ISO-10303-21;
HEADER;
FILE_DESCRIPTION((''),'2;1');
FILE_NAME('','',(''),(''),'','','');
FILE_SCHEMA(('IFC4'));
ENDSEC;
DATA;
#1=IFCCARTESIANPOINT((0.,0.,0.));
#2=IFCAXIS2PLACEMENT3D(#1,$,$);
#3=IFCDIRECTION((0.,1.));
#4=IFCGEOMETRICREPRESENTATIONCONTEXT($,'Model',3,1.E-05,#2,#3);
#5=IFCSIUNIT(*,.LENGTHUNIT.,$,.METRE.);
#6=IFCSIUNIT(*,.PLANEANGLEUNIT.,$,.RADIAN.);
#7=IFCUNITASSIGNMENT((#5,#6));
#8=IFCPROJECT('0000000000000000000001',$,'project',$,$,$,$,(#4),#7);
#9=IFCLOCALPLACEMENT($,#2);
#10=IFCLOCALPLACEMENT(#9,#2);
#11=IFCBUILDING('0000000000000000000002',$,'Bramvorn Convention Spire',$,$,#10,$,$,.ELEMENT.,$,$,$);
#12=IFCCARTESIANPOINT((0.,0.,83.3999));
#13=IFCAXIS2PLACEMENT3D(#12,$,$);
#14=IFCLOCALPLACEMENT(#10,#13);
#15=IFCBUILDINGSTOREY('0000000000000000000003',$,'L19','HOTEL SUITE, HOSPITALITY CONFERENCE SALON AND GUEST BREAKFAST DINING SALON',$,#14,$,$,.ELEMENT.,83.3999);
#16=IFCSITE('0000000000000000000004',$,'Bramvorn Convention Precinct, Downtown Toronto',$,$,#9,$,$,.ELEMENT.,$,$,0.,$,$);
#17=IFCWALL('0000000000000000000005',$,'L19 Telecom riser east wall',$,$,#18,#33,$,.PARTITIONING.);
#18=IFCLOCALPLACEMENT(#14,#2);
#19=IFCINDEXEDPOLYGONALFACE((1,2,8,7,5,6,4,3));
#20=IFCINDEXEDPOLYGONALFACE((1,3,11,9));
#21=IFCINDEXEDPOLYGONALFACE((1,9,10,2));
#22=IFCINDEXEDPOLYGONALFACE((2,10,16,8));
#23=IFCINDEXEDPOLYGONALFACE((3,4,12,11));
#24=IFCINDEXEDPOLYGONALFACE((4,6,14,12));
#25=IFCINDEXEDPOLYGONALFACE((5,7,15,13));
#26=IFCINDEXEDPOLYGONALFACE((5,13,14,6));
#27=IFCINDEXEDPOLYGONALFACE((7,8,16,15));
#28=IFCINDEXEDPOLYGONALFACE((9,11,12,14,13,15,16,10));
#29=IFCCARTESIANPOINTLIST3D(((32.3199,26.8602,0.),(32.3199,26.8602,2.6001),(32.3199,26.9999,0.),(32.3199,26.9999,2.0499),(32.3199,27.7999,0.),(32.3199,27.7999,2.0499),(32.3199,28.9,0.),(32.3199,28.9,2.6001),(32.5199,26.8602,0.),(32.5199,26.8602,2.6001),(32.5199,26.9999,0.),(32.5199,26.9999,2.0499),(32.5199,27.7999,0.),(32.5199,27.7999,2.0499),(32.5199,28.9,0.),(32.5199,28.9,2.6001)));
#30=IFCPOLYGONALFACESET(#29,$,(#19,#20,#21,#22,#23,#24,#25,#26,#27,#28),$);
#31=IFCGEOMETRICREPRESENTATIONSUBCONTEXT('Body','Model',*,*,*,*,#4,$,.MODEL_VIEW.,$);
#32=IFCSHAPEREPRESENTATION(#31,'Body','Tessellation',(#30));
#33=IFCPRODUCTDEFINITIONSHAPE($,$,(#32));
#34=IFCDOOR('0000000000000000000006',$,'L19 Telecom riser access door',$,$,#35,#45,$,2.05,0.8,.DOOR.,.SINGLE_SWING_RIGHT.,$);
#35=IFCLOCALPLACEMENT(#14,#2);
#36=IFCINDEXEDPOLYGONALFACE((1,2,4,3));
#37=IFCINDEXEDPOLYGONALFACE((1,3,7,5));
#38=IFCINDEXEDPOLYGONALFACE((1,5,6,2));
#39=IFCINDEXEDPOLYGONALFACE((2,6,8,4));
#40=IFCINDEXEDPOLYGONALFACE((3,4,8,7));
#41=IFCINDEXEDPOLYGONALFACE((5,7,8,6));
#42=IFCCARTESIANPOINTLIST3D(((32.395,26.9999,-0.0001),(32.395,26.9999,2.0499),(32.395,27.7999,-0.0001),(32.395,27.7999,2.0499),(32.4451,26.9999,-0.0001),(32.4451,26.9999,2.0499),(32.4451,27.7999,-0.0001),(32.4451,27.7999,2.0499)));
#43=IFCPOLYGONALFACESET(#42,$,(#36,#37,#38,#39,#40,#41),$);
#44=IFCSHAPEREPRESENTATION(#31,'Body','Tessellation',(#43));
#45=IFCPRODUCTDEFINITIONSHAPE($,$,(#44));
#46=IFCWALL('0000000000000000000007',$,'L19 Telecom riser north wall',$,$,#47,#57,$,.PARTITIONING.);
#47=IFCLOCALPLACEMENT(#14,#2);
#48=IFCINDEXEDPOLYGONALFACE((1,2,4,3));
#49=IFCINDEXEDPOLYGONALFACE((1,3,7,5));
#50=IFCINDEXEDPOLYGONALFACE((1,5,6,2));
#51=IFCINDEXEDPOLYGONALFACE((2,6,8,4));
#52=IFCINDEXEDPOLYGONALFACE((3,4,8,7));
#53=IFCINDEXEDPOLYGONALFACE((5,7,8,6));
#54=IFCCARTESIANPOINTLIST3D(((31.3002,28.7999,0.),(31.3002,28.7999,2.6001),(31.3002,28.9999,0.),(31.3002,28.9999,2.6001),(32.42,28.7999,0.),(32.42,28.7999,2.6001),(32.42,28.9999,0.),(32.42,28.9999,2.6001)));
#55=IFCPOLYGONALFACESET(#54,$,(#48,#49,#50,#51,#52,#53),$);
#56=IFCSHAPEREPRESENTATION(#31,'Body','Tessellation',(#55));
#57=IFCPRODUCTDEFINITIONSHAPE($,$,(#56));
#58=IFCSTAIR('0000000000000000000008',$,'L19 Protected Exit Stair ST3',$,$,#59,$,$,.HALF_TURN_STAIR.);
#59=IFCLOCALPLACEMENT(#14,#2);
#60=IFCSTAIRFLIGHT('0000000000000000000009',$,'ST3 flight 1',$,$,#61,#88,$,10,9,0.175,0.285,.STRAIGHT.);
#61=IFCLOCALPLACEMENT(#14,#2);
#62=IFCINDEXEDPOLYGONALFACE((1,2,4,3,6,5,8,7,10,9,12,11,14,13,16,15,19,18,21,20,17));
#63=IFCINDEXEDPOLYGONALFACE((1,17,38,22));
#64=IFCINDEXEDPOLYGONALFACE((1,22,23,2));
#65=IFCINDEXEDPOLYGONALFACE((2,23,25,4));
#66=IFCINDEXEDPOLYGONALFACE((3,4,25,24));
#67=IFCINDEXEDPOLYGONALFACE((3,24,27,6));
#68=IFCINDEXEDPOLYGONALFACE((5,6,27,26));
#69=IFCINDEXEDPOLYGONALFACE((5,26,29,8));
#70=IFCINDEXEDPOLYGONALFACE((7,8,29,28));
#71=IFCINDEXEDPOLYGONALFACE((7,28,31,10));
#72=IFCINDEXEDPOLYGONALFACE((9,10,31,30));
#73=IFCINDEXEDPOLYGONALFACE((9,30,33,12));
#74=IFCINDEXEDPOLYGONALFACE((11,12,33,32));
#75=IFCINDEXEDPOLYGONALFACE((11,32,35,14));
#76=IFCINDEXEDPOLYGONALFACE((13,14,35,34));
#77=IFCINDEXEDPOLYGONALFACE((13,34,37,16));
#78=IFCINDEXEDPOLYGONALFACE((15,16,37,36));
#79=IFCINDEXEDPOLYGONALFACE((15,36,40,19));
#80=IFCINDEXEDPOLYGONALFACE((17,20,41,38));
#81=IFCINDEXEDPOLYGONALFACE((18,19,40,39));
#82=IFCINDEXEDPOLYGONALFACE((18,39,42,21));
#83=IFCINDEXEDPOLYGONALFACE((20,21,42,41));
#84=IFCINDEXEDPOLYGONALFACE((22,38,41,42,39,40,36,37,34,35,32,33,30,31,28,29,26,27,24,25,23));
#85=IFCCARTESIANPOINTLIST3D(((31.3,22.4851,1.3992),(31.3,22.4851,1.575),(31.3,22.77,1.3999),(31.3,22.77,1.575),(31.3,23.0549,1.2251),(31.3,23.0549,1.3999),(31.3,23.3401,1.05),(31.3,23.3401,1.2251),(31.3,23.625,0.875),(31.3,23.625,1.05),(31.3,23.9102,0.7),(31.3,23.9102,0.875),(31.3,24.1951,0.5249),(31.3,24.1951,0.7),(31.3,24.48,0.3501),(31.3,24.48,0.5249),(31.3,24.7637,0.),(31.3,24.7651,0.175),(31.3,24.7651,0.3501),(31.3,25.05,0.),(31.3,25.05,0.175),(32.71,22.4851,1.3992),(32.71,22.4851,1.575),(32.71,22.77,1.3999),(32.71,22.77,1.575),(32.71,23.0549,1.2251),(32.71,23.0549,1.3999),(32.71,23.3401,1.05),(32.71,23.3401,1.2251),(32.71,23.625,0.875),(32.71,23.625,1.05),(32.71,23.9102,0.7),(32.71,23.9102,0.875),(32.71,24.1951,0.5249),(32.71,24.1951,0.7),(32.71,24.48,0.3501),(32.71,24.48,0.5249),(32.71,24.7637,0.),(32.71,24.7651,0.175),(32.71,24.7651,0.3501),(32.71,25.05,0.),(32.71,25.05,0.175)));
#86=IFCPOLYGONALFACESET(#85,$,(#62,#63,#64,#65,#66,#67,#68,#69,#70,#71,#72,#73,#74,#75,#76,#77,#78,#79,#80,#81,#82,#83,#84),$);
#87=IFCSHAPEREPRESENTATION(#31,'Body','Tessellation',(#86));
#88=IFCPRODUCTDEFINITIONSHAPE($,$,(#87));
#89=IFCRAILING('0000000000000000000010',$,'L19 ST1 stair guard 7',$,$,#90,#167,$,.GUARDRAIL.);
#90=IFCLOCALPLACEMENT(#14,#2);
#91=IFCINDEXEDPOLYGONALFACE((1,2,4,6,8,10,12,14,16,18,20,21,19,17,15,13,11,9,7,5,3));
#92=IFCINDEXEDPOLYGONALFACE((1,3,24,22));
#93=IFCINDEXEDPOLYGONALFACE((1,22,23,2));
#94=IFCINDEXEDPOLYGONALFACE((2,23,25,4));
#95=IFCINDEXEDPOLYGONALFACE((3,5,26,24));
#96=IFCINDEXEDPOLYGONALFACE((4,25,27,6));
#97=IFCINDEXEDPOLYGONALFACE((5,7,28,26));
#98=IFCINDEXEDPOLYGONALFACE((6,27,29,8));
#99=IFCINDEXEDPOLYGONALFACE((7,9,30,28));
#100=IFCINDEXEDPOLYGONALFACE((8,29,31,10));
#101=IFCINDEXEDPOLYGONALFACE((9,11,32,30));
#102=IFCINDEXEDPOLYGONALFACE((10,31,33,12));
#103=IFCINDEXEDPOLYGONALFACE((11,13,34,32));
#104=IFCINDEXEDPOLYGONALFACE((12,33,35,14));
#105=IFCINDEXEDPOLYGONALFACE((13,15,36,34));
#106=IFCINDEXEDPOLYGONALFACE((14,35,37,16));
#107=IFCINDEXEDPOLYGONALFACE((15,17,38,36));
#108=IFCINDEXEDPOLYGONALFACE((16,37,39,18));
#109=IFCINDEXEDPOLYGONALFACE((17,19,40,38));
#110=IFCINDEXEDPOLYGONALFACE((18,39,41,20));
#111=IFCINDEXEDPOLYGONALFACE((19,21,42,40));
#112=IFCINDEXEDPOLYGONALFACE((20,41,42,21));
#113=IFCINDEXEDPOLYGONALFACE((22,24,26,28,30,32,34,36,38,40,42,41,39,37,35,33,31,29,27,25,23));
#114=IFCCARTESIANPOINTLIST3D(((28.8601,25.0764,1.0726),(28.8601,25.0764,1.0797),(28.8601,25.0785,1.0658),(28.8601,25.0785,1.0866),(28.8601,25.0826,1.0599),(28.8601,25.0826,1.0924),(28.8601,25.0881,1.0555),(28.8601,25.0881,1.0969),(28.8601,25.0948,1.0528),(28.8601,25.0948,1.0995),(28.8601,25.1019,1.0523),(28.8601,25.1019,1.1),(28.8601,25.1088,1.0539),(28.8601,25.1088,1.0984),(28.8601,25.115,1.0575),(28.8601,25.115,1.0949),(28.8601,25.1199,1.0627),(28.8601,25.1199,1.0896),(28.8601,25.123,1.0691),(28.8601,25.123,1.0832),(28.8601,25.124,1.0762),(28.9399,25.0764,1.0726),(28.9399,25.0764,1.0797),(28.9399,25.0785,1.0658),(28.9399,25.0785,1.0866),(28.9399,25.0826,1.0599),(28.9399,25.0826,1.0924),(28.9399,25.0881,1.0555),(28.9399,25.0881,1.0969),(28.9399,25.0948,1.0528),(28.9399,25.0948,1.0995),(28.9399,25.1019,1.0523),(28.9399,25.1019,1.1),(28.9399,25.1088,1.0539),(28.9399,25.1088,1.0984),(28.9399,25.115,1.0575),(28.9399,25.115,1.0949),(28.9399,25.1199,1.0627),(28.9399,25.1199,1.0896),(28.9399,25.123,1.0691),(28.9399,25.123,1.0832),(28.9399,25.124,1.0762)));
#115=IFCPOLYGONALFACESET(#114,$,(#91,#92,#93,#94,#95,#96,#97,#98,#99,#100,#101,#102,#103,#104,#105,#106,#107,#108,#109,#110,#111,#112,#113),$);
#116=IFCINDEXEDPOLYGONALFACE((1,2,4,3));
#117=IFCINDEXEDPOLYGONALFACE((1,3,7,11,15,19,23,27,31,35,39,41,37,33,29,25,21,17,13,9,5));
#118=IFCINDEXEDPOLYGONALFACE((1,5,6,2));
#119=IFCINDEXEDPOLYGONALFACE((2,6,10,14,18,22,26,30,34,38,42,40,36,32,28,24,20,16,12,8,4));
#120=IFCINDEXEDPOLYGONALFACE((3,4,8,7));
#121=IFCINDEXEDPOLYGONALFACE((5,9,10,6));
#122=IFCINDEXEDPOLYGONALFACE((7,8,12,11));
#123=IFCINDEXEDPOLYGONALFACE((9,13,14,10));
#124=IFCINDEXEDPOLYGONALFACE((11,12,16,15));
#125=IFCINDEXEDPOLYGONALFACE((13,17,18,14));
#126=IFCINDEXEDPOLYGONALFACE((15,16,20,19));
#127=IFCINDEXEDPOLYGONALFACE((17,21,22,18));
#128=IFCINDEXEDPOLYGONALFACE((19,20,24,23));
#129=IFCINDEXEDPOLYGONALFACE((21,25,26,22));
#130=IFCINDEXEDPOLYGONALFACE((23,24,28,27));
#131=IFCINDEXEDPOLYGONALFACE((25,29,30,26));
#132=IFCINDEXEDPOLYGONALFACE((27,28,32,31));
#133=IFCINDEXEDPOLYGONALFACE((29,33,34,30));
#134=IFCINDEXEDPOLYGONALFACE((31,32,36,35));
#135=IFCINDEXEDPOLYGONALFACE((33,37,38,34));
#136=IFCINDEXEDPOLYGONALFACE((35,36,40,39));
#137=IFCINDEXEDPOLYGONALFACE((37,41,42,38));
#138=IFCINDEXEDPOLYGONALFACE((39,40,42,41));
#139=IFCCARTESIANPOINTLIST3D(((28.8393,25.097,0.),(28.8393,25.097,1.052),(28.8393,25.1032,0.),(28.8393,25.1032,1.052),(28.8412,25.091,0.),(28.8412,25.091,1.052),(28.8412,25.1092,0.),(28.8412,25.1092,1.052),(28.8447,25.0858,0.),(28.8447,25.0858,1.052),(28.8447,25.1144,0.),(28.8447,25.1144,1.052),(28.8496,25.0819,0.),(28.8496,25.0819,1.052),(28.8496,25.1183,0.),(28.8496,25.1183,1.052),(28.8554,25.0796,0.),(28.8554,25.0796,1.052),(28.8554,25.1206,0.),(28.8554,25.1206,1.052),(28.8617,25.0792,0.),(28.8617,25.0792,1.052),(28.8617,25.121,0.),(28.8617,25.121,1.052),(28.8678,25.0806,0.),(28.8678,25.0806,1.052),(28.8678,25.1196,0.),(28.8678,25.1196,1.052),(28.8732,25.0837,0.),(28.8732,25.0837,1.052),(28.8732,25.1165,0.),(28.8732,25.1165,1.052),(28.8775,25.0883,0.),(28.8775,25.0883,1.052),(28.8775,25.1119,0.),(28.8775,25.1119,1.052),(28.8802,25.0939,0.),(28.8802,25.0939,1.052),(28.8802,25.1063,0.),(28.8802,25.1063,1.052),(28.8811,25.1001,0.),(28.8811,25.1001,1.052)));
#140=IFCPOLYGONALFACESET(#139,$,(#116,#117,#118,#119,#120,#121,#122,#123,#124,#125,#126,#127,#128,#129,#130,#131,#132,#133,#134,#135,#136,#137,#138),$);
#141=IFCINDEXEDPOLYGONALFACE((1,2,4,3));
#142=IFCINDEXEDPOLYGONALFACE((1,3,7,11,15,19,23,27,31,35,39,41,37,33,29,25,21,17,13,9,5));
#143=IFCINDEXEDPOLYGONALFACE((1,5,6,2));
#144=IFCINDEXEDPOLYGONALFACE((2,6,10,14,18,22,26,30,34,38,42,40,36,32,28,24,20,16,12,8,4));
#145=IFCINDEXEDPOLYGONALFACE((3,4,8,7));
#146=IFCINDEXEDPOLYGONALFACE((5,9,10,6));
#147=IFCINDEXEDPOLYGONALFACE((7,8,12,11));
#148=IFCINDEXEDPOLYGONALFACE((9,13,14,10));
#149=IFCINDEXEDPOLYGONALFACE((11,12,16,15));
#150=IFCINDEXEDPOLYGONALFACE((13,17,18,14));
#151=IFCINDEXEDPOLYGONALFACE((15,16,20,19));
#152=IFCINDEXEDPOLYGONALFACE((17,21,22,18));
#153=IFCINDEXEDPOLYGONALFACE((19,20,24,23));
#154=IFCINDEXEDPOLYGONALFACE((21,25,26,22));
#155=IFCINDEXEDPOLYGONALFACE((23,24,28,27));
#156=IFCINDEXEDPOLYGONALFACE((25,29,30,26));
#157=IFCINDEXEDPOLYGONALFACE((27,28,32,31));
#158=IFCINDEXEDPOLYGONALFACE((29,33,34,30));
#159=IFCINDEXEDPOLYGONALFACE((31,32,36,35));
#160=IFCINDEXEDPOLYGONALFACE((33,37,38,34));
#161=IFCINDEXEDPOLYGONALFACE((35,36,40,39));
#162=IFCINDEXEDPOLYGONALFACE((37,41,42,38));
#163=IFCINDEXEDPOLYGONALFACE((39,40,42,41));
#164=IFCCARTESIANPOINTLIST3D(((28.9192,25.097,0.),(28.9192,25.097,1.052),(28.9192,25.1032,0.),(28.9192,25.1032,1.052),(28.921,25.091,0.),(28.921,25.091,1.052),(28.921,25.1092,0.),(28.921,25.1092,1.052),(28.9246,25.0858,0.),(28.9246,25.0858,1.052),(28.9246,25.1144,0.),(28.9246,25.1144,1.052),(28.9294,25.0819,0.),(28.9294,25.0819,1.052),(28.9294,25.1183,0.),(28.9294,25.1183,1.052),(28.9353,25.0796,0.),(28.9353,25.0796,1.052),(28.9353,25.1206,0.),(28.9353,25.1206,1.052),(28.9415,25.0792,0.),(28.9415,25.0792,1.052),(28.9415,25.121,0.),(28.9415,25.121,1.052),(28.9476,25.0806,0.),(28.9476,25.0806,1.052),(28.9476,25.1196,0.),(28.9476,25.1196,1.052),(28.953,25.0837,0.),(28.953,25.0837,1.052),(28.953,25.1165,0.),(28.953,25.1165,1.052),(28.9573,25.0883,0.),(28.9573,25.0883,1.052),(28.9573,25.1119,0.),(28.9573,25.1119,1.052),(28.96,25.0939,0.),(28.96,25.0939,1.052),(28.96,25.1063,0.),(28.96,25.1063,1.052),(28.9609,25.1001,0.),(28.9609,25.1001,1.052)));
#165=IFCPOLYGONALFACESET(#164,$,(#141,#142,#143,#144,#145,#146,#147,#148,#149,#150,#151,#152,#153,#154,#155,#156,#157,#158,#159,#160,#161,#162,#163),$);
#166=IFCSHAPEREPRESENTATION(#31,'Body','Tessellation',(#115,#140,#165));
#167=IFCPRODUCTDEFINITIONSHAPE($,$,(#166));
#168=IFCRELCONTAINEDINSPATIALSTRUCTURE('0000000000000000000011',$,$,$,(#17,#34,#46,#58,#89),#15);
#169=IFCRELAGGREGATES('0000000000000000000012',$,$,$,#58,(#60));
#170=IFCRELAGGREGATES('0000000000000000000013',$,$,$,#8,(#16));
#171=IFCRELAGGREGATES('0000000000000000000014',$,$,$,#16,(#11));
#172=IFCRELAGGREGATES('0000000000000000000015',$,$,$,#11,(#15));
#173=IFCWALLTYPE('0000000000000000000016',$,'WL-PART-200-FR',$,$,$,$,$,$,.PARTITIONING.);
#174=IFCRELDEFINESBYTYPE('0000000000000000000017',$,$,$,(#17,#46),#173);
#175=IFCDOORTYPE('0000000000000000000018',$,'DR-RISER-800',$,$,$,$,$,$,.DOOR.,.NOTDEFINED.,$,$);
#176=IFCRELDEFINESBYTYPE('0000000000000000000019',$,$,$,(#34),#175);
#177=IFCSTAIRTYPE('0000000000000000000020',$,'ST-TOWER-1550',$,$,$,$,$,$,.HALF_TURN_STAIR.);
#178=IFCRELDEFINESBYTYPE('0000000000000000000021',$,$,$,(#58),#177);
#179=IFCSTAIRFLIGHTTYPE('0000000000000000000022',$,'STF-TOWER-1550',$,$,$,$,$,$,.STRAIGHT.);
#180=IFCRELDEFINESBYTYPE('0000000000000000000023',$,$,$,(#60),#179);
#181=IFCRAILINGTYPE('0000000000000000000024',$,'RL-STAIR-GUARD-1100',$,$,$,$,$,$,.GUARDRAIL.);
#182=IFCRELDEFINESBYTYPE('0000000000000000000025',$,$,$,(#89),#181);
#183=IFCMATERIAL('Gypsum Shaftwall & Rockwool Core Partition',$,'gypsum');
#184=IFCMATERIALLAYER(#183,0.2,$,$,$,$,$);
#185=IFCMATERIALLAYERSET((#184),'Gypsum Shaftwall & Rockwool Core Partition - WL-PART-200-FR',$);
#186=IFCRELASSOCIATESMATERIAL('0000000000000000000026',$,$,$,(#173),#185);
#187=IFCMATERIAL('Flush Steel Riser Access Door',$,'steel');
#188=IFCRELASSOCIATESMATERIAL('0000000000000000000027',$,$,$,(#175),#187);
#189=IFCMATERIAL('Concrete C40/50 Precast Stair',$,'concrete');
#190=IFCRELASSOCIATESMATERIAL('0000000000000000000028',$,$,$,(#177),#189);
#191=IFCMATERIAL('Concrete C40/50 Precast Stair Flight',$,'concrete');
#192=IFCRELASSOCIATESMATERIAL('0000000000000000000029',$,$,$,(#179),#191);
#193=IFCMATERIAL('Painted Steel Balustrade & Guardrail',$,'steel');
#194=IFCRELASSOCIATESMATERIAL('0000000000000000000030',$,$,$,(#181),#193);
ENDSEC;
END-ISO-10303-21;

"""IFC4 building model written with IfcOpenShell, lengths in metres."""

from ifc_helpers import new_model, si_unit, direction, frame, frame_2d, origin, origin_2d, place, context, subcontext, project, spatial, polyline, rectangle, circle, outline, extrude, material, layer, layer_set, type_object, element, fill, aggregate, save


model = new_model("IFC4")

# Units and contexts
model_context = context("Model", 3, precision=1e-05, world=origin(), true_north=direction((0.0, 1.0)))
body_context = subcontext(model_context, "Body", "Model", "MODEL_VIEW")
ifc_project = project(units=[si_unit("LENGTHUNIT", "METRE"), si_unit("PLANEANGLEUNIT", "RADIAN")], contexts=[model_context])

# Site, building, storey
site_placement = place(None, origin())
site = spatial("IfcSite", under=ifc_project, at=site_placement, Name="Bramvorn Convention Precinct, Downtown Toronto", CompositionType="ELEMENT", RefElevation=0.0)
building_placement = place(site_placement, origin())
building = spatial("IfcBuilding", under=site, at=building_placement, Name="Bramvorn Convention Spire", CompositionType="ELEMENT")
storey_placement = place(building_placement, frame((0.0, 0.0, 83.3999)))
storey = spatial("IfcBuildingStorey", under=building, at=storey_placement, Name="L19", Description="HOTEL SUITE, HOSPITALITY CONFERENCE SALON AND GUEST BREAKFAST DINING SALON", CompositionType="ELEMENT", Elevation=83.3999)

# Wall, opening, door
ifc_material_1 = material(Name="Gypsum Shaftwall & Rockwool Core Partition", Category="gypsum")
ifc_layer_1 = layer(ifc_material_1, 0.2)
ifc_layer_set_1 = layer_set([ifc_layer_1], Name="Gypsum Shaftwall & Rockwool Core Partition - WL-PART-200-FR")
wall_type_1 = type_object("IfcWallType", Name="WL-PART-200-FR", PredefinedType="PARTITIONING", material=ifc_layer_set_1)
wall_1_placement = place(storey_placement, frame((32.4199, 26.8601, 0.0), z_axis=(0.0, 0.0, 1.0), x_axis=(0.0, 1.0, 0.0)))
wall_1 = element("IfcWall", 1, at=wall_1_placement, inside=storey, type_object=wall_type_1, Name="L19 Telecom riser east wall", PredefinedType="PARTITIONING", context=body_context, shape_type="SweptSolid", body=[
    extrude(rectangle(XDim=2.0398, YDim=0.2, at=frame_2d((1.02, 0.0))), origin(), (0.0, 0.0, 1.0), 2.6001),
])
opening_1_placement = place(wall_1_placement, frame((0.1399, 0.0, 0.0)))
opening_1 = element("IfcOpeningElement", 2, at=opening_1_placement, cuts=wall_1, PredefinedType="OPENING", context=body_context, shape_type="SweptSolid", body=[
    extrude(rectangle(XDim=0.8, YDim=2.05, at=frame_2d((0.3999, 1.0249))), frame((0.0, 0.1099, 0.0), z_axis=(0.0, -1.0, 0.0), x_axis=(1.0, 0.0, 0.0)), (0.0, 0.0, 1.0), 0.22),
])
ifc_material_2 = material(Name="Flush Steel Riser Access Door", Category="steel")
door_type_1 = type_object("IfcDoorType", Name="DR-RISER-800", OperationType="NOTDEFINED", PredefinedType="DOOR", material=ifc_material_2)
door_1_placement = place(opening_1_placement, origin())
door_1 = element("IfcDoor", 3, at=door_1_placement, inside=storey, type_object=door_type_1, Name="L19 Telecom riser access door", OperationType="SINGLE_SWING_RIGHT", OverallHeight=2.05, OverallWidth=0.8, PredefinedType="DOOR", context=body_context, shape_type="SweptSolid", body=[
    extrude(rectangle(XDim=0.8, YDim=2.05, at=frame_2d((0.3999, 1.0249))), frame((0.0, 0.0249, 0.0), z_axis=(0.0, -1.0, 0.0), x_axis=(1.0, 0.0, 0.0)), (0.0, 0.0, 1.0), 0.05),
])
fill(opening_1, door_1)

# Wall
wall_2_placement = place(storey_placement, frame((31.3, 28.8999, 0.0), z_axis=(0.0, 0.0, 1.0), x_axis=(1.0, 0.0, 0.0)))
element("IfcWall", 4, at=wall_2_placement, inside=storey, type_object=wall_type_1, Name="L19 Telecom riser north wall", PredefinedType="PARTITIONING", context=body_context, shape_type="SweptSolid", body=[
    extrude(rectangle(XDim=1.1199, YDim=0.2, at=frame_2d((0.5601, 0.0))), origin(), (0.0, 0.0, 1.0), 2.6001),
])

# Stair, stair flight
ifc_material_3 = material(Name="Concrete C40/50 Precast Stair", Category="concrete")
stair_type = type_object("IfcStairType", Name="ST-TOWER-1550", PredefinedType="HALF_TURN_STAIR", material=ifc_material_3)
stair_placement = place(storey_placement, origin())
stair = element("IfcStair", 5, at=stair_placement, inside=storey, type_object=stair_type, Name="L19 Protected Exit Stair ST3", PredefinedType="HALF_TURN_STAIR")
ifc_material_4 = material(Name="Concrete C40/50 Precast Stair Flight", Category="concrete")
stair_flight_type = type_object("IfcStairFlightType", Name="STF-TOWER-1550", PredefinedType="STRAIGHT", material=ifc_material_4)
stair_flight_placement = place(storey_placement, frame((32.0049, 25.05, 0.0), z_axis=(0.0, 0.0, 1.0), x_axis=(0.0, -1.0, 0.0)))
stair_flight = element("IfcStairFlight", 6, at=stair_flight_placement, type_object=stair_flight_type, Name="ST3 flight 1", NumberOfRisers=10, NumberOfTreads=9, PredefinedType="STRAIGHT", RiserHeight=0.175, TreadLength=0.285, context=body_context, shape_type="SweptSolid", body=[
    extrude(outline(polyline([(0.0, 0.0), (0.0, 0.175), (0.2849, 0.175), (0.2849, 0.3501), (0.5701, 0.3501), (0.5701, 0.5249), (0.855, 0.5249), (0.855, 0.7), (1.1399, 0.7), (1.1399, 0.875), (1.425, 0.875), (1.425, 1.05), (1.71, 1.05), (1.71, 1.2251), (1.9951, 1.2251), (1.9951, 1.3999), (2.28, 1.3999), (2.28, 1.575), (2.5649, 1.575), (2.5649, 1.75), (2.5649, 1.3992), (0.2864, 0.0), (0.0, 0.0)])), frame((0.0, 0.7051, 0.0), z_axis=(0.0, -1.0, 0.0), x_axis=(1.0, 0.0, 0.0)), (0.0, 0.0, 1.0), 1.4099),
])
aggregate(stair, [stair_flight])

# Railing
ifc_material_5 = material(Name="Painted Steel Balustrade & Guardrail", Category="steel")
railing_type_1 = type_object("IfcRailingType", Name="RL-STAIR-GUARD-1100", PredefinedType="GUARDRAIL", material=ifc_material_5)
railing_1_placement = place(storey_placement, frame((28.8601, 25.1001, 0.0)))
element("IfcRailing", 7, at=railing_1_placement, inside=storey, type_object=railing_type_1, Name="L19 ST1 stair guard 7", PredefinedType="GUARDRAIL", context=body_context, shape_type="SweptSolid", body=[
    extrude(circle(Radius=0.0239, at=origin_2d()), frame((0.0, 0.0, 1.0762), z_axis=(1.0, 0.0, 0.0), x_axis=(0.0, 1.0, 0.0)), (0.0, 0.0, 1.0), 0.0798),
    extrude(circle(Radius=0.021, at=origin_2d()), origin(), (0.0, 0.0, 1.0), 1.052),
    extrude(circle(Radius=0.021, at=origin_2d()), frame((0.0798, 0.0, 0.0)), (0.0, 0.0, 1.0), 1.052),
])

save(model, "model.ifc")
